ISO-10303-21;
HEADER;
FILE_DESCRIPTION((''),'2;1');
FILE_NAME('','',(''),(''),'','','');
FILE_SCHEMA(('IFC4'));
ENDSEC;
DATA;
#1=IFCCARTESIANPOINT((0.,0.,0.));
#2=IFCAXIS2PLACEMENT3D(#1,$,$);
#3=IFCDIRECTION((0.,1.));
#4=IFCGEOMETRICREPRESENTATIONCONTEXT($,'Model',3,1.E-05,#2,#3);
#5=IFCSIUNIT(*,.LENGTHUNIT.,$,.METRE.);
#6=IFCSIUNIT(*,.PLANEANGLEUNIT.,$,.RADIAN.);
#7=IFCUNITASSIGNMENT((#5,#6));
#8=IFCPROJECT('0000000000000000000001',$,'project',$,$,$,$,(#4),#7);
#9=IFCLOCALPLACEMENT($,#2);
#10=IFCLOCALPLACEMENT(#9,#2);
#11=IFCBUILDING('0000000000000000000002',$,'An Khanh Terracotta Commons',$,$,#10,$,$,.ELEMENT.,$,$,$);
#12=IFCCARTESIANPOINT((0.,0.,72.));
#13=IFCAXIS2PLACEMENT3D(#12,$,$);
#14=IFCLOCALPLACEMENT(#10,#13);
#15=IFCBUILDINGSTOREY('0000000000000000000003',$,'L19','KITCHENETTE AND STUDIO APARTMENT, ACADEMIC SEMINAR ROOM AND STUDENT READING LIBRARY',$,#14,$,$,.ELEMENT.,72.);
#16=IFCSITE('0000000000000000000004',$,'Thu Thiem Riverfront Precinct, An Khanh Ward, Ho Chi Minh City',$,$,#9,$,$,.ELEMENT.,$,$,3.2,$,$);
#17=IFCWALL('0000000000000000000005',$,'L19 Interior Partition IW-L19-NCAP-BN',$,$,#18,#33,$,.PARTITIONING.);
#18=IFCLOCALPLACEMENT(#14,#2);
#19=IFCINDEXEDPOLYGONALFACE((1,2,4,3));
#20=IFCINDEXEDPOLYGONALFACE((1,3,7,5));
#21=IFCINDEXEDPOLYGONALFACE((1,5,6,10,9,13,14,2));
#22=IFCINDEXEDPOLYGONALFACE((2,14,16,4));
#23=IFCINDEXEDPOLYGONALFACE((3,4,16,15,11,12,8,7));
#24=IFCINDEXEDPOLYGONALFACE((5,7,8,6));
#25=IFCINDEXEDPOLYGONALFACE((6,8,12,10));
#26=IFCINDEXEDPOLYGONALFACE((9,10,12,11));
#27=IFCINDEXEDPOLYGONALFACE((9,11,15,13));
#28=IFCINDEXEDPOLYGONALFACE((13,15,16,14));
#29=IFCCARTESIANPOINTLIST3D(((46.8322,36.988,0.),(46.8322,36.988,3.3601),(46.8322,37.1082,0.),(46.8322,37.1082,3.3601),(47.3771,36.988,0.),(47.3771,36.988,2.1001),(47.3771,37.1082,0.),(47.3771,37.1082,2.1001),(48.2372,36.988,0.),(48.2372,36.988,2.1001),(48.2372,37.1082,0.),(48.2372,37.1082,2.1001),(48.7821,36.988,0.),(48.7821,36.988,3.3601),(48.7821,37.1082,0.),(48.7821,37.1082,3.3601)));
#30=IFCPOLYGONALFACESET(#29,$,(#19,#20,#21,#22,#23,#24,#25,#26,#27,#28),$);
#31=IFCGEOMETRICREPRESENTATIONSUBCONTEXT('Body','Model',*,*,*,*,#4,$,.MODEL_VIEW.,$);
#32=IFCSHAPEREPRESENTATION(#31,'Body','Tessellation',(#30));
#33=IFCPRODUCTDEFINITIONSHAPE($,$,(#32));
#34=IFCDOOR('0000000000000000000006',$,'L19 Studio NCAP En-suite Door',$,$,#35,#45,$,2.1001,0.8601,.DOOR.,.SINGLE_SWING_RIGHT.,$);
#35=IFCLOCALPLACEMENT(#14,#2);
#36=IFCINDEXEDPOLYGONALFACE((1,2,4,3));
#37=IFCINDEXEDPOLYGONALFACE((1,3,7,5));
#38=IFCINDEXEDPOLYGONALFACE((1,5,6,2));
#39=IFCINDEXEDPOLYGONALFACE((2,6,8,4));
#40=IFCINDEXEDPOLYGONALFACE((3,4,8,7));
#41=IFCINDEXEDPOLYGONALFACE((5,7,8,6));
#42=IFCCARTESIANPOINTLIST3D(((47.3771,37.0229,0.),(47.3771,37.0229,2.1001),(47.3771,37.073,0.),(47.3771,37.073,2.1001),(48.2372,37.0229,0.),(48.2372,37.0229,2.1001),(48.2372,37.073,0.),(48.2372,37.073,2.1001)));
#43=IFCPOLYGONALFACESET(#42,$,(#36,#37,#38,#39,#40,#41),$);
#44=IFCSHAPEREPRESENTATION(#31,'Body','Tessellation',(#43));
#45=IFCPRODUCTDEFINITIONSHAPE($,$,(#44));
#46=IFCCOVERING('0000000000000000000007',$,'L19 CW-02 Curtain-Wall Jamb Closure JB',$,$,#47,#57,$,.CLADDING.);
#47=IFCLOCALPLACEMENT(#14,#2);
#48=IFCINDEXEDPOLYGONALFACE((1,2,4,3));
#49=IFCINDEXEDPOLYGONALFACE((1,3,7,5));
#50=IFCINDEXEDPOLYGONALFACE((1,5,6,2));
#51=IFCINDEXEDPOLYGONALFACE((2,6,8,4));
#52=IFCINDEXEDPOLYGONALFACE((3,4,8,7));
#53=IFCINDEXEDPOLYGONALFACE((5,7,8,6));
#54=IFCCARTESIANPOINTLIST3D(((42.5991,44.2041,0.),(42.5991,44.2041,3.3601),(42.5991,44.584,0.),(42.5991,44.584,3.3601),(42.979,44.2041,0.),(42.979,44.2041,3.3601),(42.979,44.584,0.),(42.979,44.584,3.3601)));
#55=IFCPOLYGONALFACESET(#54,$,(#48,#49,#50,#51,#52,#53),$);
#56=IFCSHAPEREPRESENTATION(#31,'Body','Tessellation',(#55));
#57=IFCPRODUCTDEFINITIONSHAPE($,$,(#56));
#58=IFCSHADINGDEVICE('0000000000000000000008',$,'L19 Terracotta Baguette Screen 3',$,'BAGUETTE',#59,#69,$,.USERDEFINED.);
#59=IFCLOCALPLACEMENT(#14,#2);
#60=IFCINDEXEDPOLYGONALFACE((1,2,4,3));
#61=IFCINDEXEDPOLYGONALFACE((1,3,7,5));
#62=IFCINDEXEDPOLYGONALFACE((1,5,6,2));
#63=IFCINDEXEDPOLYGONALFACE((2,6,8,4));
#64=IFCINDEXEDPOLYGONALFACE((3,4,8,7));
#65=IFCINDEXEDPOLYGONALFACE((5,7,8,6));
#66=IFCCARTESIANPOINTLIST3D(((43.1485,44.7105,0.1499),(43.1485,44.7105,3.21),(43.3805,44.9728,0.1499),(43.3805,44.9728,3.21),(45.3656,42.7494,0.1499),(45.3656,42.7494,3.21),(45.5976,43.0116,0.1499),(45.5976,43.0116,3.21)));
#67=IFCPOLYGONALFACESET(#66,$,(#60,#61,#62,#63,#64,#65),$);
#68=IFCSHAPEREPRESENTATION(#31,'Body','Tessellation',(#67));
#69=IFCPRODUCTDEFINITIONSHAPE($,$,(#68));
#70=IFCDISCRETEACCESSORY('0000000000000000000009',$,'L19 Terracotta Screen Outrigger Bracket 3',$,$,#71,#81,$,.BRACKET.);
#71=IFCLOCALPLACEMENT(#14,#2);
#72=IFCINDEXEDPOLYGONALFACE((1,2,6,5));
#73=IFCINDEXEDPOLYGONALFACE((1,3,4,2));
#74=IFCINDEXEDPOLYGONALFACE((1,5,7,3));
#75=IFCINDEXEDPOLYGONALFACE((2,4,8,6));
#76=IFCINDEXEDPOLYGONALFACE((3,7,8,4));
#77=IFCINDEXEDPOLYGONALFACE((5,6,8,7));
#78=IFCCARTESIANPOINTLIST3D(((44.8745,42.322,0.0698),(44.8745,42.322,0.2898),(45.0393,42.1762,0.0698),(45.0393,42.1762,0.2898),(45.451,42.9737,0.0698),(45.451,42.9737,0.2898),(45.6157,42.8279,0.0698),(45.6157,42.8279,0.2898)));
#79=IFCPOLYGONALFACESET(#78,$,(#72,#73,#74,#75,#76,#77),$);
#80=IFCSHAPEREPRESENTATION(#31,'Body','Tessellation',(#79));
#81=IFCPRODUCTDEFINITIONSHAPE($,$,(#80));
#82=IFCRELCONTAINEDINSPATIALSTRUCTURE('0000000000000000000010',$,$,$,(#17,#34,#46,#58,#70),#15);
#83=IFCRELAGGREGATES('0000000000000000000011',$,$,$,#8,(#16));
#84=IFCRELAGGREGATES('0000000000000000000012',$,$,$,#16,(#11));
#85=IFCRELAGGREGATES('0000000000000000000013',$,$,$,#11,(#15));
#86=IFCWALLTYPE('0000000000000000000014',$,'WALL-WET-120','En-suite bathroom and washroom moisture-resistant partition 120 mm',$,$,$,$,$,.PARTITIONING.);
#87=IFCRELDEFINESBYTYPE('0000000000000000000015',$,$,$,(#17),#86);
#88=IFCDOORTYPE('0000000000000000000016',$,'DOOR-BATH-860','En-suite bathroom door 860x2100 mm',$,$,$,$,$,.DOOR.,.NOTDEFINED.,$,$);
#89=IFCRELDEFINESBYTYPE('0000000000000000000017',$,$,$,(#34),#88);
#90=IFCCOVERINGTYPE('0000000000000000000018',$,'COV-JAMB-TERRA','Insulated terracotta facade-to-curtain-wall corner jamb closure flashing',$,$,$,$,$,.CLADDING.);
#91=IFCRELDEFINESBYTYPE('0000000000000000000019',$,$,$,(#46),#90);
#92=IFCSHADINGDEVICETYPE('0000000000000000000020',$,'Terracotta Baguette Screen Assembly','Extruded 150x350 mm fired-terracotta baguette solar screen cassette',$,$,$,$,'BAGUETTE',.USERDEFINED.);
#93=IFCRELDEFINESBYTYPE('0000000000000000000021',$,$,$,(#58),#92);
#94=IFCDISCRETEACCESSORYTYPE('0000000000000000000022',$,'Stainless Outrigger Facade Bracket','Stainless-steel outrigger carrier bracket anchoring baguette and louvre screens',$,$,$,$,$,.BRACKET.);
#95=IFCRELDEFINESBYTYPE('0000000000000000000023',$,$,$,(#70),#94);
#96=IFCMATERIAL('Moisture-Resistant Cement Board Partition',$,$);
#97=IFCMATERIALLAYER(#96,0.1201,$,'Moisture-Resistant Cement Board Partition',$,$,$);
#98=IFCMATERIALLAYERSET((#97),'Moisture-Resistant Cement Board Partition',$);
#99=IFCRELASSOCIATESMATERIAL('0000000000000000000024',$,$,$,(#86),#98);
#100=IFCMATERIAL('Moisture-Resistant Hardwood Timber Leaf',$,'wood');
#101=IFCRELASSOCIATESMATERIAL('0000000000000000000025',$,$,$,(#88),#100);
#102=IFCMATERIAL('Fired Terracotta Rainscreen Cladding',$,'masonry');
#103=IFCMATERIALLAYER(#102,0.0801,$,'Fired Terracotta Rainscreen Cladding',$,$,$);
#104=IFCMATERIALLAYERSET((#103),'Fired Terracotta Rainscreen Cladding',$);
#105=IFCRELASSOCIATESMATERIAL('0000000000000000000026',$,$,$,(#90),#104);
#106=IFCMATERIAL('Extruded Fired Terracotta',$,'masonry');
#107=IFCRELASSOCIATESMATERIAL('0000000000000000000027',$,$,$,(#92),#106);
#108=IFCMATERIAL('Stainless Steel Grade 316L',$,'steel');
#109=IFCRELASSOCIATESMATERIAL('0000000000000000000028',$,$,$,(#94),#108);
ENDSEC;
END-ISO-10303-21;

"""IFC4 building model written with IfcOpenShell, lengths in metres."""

from ifc_helpers import new_model, si_unit, direction, frame, frame_2d, origin, origin_2d, place, context, subcontext, project, spatial, rectangle, extrude, material, layer, layer_set, type_object, element, fill, save


model = new_model("IFC4")

# Units and contexts
model_context = context("Model", 3, precision=1e-05, world=origin(), true_north=direction((0.0, 1.0)))
body_context = subcontext(model_context, "Body", "Model", "MODEL_VIEW")
ifc_project = project(units=[si_unit("LENGTHUNIT", "METRE"), si_unit("PLANEANGLEUNIT", "RADIAN")], contexts=[model_context])

# Site, building, storey
site_placement = place(None, origin())
site = spatial("IfcSite", under=ifc_project, at=site_placement, Name="Thu Thiem Riverfront Precinct, An Khanh Ward, Ho Chi Minh City", CompositionType="ELEMENT", RefElevation=3.2)
building_placement = place(site_placement, origin())
building = spatial("IfcBuilding", under=site, at=building_placement, Name="An Khanh Terracotta Commons", CompositionType="ELEMENT")
storey_placement = place(building_placement, frame((0.0, 0.0, 72.0)))
storey = spatial("IfcBuildingStorey", under=building, at=storey_placement, Name="L19", Description="KITCHENETTE AND STUDIO APARTMENT, ACADEMIC SEMINAR ROOM AND STUDENT READING LIBRARY", CompositionType="ELEMENT", Elevation=72.0)

# Wall, opening, door
ifc_material_1 = material(Name="Moisture-Resistant Cement Board Partition")
ifc_layer_1 = layer(ifc_material_1, 0.1201, Name="Moisture-Resistant Cement Board Partition")
ifc_layer_set_1 = layer_set([ifc_layer_1], Name="Moisture-Resistant Cement Board Partition")
wall_type_1 = type_object("IfcWallType", Name="WALL-WET-120", Description="En-suite bathroom and washroom moisture-resistant partition 120 mm", PredefinedType="PARTITIONING", material=ifc_layer_set_1)
wall_1_placement = place(storey_placement, frame((46.832, 37.0481, 0.0), z_axis=(0.0, 0.0, 1.0), x_axis=(1.0, 0.0, 0.0)))
wall_1 = element("IfcWall", 1, at=wall_1_placement, inside=storey, type_object=wall_type_1, Name="L19 Interior Partition IW-L19-NCAP-BN", PredefinedType="PARTITIONING", context=body_context, shape_type="SweptSolid", body=[
    extrude(rectangle(XDim=1.95, YDim=0.1201, at=frame_2d((0.9751, 0.0))), origin(), (0.0, 0.0, 1.0), 3.3601),
])
opening_1_placement = place(wall_1_placement, frame((0.5449, 0.0, 0.0)))
opening_1 = element("IfcOpeningElement", 2, at=opening_1_placement, cuts=wall_1, PredefinedType="OPENING", context=body_context, shape_type="SweptSolid", body=[
    extrude(rectangle(XDim=0.8601, YDim=2.1001, at=frame_2d((0.4302, 1.05))), frame((0.0, 0.0701, 0.0), z_axis=(0.0, -1.0, 0.0), x_axis=(1.0, 0.0, 0.0)), (0.0, 0.0, 1.0), 0.1401),
])
ifc_material_2 = material(Name="Moisture-Resistant Hardwood Timber Leaf", Category="wood")
door_type_1 = type_object("IfcDoorType", Name="DOOR-BATH-860", Description="En-suite bathroom door 860x2100 mm", OperationType="NOTDEFINED", PredefinedType="DOOR", material=ifc_material_2)
door_1_placement = place(opening_1_placement, origin())
door_1 = element("IfcDoor", 3, at=door_1_placement, inside=storey, type_object=door_type_1, Name="L19 Studio NCAP En-suite Door", OperationType="SINGLE_SWING_RIGHT", OverallHeight=2.1001, OverallWidth=0.8601, PredefinedType="DOOR", context=body_context, shape_type="SweptSolid", body=[
    extrude(rectangle(XDim=0.8601, YDim=2.1001, at=frame_2d((0.4302, 1.05))), frame((0.0, 0.0249, 0.0), z_axis=(0.0, -1.0, 0.0), x_axis=(1.0, 0.0, 0.0)), (0.0, 0.0, 1.0), 0.05),
])
fill(opening_1, door_1)

# Covering
ifc_material_3 = material(Name="Fired Terracotta Rainscreen Cladding", Category="masonry")
ifc_layer_2 = layer(ifc_material_3, 0.0801, Name="Fired Terracotta Rainscreen Cladding")
ifc_layer_set_2 = layer_set([ifc_layer_2], Name="Fired Terracotta Rainscreen Cladding")
covering_type = type_object("IfcCoveringType", Name="COV-JAMB-TERRA", Description="Insulated terracotta facade-to-curtain-wall corner jamb closure flashing", PredefinedType="CLADDING", material=ifc_layer_set_2)
covering_placement = place(storey_placement, frame((42.7891, 44.394, 0.0), z_axis=(0.0, 0.0, 1.0), x_axis=(1.0, 0.0, 0.0)))
element("IfcCovering", 4, at=covering_placement, inside=storey, type_object=covering_type, Name="L19 CW-02 Curtain-Wall Jamb Closure JB", PredefinedType="CLADDING", context=body_context, shape_type="SweptSolid", body=[
    extrude(rectangle(XDim=0.3799, YDim=0.3799, at=origin_2d()), origin(), (0.0, 0.0, 1.0), 3.3601),
])

# Shading device
ifc_material_4 = material(Name="Extruded Fired Terracotta", Category="masonry")
shading_device_type = type_object("IfcShadingDeviceType", Name="Terracotta Baguette Screen Assembly", Description="Extruded 150x350 mm fired-terracotta baguette solar screen cassette", ElementType="BAGUETTE", PredefinedType="USERDEFINED", material=ifc_material_4)
shading_device_placement = place(storey_placement, frame((44.373, 43.8611, 0.1499), z_axis=(0.0, 0.0, 1.0), x_axis=(-0.749019, 0.662548, 0.0)))
element("IfcShadingDevice", 5, at=shading_device_placement, inside=storey, type_object=shading_device_type, Name="L19 Terracotta Baguette Screen 3", ObjectType="BAGUETTE", PredefinedType="USERDEFINED", context=body_context, shape_type="SweptSolid", body=[
    extrude(rectangle(XDim=2.96, YDim=0.3501, at=origin_2d()), origin(), (0.0, 0.0, 1.0), 3.0601),
])

# Discrete accessory
ifc_material_5 = material(Name="Stainless Steel Grade 316L", Category="steel")
discrete_accessory_type = type_object("IfcDiscreteAccessoryType", Name="Stainless Outrigger Facade Bracket", Description="Stainless-steel outrigger carrier bracket anchoring baguette and louvre screens", PredefinedType="BRACKET", material=ifc_material_5)
discrete_accessory_placement = place(storey_placement, frame((45.2451, 42.575, 0.0698), z_axis=(0.0, 0.0, 1.0), x_axis=(-0.749019, 0.662548, 0.0)))
element("IfcDiscreteAccessory", 6, at=discrete_accessory_placement, inside=storey, type_object=discrete_accessory_type, Name="L19 Terracotta Screen Outrigger Bracket 3", PredefinedType="BRACKET", context=body_context, shape_type="SweptSolid", body=[
    extrude(rectangle(XDim=0.22, YDim=0.8701, at=origin_2d()), origin(), (0.0, 0.0, 1.0), 0.22),
])

save(model, "model.ifc")
